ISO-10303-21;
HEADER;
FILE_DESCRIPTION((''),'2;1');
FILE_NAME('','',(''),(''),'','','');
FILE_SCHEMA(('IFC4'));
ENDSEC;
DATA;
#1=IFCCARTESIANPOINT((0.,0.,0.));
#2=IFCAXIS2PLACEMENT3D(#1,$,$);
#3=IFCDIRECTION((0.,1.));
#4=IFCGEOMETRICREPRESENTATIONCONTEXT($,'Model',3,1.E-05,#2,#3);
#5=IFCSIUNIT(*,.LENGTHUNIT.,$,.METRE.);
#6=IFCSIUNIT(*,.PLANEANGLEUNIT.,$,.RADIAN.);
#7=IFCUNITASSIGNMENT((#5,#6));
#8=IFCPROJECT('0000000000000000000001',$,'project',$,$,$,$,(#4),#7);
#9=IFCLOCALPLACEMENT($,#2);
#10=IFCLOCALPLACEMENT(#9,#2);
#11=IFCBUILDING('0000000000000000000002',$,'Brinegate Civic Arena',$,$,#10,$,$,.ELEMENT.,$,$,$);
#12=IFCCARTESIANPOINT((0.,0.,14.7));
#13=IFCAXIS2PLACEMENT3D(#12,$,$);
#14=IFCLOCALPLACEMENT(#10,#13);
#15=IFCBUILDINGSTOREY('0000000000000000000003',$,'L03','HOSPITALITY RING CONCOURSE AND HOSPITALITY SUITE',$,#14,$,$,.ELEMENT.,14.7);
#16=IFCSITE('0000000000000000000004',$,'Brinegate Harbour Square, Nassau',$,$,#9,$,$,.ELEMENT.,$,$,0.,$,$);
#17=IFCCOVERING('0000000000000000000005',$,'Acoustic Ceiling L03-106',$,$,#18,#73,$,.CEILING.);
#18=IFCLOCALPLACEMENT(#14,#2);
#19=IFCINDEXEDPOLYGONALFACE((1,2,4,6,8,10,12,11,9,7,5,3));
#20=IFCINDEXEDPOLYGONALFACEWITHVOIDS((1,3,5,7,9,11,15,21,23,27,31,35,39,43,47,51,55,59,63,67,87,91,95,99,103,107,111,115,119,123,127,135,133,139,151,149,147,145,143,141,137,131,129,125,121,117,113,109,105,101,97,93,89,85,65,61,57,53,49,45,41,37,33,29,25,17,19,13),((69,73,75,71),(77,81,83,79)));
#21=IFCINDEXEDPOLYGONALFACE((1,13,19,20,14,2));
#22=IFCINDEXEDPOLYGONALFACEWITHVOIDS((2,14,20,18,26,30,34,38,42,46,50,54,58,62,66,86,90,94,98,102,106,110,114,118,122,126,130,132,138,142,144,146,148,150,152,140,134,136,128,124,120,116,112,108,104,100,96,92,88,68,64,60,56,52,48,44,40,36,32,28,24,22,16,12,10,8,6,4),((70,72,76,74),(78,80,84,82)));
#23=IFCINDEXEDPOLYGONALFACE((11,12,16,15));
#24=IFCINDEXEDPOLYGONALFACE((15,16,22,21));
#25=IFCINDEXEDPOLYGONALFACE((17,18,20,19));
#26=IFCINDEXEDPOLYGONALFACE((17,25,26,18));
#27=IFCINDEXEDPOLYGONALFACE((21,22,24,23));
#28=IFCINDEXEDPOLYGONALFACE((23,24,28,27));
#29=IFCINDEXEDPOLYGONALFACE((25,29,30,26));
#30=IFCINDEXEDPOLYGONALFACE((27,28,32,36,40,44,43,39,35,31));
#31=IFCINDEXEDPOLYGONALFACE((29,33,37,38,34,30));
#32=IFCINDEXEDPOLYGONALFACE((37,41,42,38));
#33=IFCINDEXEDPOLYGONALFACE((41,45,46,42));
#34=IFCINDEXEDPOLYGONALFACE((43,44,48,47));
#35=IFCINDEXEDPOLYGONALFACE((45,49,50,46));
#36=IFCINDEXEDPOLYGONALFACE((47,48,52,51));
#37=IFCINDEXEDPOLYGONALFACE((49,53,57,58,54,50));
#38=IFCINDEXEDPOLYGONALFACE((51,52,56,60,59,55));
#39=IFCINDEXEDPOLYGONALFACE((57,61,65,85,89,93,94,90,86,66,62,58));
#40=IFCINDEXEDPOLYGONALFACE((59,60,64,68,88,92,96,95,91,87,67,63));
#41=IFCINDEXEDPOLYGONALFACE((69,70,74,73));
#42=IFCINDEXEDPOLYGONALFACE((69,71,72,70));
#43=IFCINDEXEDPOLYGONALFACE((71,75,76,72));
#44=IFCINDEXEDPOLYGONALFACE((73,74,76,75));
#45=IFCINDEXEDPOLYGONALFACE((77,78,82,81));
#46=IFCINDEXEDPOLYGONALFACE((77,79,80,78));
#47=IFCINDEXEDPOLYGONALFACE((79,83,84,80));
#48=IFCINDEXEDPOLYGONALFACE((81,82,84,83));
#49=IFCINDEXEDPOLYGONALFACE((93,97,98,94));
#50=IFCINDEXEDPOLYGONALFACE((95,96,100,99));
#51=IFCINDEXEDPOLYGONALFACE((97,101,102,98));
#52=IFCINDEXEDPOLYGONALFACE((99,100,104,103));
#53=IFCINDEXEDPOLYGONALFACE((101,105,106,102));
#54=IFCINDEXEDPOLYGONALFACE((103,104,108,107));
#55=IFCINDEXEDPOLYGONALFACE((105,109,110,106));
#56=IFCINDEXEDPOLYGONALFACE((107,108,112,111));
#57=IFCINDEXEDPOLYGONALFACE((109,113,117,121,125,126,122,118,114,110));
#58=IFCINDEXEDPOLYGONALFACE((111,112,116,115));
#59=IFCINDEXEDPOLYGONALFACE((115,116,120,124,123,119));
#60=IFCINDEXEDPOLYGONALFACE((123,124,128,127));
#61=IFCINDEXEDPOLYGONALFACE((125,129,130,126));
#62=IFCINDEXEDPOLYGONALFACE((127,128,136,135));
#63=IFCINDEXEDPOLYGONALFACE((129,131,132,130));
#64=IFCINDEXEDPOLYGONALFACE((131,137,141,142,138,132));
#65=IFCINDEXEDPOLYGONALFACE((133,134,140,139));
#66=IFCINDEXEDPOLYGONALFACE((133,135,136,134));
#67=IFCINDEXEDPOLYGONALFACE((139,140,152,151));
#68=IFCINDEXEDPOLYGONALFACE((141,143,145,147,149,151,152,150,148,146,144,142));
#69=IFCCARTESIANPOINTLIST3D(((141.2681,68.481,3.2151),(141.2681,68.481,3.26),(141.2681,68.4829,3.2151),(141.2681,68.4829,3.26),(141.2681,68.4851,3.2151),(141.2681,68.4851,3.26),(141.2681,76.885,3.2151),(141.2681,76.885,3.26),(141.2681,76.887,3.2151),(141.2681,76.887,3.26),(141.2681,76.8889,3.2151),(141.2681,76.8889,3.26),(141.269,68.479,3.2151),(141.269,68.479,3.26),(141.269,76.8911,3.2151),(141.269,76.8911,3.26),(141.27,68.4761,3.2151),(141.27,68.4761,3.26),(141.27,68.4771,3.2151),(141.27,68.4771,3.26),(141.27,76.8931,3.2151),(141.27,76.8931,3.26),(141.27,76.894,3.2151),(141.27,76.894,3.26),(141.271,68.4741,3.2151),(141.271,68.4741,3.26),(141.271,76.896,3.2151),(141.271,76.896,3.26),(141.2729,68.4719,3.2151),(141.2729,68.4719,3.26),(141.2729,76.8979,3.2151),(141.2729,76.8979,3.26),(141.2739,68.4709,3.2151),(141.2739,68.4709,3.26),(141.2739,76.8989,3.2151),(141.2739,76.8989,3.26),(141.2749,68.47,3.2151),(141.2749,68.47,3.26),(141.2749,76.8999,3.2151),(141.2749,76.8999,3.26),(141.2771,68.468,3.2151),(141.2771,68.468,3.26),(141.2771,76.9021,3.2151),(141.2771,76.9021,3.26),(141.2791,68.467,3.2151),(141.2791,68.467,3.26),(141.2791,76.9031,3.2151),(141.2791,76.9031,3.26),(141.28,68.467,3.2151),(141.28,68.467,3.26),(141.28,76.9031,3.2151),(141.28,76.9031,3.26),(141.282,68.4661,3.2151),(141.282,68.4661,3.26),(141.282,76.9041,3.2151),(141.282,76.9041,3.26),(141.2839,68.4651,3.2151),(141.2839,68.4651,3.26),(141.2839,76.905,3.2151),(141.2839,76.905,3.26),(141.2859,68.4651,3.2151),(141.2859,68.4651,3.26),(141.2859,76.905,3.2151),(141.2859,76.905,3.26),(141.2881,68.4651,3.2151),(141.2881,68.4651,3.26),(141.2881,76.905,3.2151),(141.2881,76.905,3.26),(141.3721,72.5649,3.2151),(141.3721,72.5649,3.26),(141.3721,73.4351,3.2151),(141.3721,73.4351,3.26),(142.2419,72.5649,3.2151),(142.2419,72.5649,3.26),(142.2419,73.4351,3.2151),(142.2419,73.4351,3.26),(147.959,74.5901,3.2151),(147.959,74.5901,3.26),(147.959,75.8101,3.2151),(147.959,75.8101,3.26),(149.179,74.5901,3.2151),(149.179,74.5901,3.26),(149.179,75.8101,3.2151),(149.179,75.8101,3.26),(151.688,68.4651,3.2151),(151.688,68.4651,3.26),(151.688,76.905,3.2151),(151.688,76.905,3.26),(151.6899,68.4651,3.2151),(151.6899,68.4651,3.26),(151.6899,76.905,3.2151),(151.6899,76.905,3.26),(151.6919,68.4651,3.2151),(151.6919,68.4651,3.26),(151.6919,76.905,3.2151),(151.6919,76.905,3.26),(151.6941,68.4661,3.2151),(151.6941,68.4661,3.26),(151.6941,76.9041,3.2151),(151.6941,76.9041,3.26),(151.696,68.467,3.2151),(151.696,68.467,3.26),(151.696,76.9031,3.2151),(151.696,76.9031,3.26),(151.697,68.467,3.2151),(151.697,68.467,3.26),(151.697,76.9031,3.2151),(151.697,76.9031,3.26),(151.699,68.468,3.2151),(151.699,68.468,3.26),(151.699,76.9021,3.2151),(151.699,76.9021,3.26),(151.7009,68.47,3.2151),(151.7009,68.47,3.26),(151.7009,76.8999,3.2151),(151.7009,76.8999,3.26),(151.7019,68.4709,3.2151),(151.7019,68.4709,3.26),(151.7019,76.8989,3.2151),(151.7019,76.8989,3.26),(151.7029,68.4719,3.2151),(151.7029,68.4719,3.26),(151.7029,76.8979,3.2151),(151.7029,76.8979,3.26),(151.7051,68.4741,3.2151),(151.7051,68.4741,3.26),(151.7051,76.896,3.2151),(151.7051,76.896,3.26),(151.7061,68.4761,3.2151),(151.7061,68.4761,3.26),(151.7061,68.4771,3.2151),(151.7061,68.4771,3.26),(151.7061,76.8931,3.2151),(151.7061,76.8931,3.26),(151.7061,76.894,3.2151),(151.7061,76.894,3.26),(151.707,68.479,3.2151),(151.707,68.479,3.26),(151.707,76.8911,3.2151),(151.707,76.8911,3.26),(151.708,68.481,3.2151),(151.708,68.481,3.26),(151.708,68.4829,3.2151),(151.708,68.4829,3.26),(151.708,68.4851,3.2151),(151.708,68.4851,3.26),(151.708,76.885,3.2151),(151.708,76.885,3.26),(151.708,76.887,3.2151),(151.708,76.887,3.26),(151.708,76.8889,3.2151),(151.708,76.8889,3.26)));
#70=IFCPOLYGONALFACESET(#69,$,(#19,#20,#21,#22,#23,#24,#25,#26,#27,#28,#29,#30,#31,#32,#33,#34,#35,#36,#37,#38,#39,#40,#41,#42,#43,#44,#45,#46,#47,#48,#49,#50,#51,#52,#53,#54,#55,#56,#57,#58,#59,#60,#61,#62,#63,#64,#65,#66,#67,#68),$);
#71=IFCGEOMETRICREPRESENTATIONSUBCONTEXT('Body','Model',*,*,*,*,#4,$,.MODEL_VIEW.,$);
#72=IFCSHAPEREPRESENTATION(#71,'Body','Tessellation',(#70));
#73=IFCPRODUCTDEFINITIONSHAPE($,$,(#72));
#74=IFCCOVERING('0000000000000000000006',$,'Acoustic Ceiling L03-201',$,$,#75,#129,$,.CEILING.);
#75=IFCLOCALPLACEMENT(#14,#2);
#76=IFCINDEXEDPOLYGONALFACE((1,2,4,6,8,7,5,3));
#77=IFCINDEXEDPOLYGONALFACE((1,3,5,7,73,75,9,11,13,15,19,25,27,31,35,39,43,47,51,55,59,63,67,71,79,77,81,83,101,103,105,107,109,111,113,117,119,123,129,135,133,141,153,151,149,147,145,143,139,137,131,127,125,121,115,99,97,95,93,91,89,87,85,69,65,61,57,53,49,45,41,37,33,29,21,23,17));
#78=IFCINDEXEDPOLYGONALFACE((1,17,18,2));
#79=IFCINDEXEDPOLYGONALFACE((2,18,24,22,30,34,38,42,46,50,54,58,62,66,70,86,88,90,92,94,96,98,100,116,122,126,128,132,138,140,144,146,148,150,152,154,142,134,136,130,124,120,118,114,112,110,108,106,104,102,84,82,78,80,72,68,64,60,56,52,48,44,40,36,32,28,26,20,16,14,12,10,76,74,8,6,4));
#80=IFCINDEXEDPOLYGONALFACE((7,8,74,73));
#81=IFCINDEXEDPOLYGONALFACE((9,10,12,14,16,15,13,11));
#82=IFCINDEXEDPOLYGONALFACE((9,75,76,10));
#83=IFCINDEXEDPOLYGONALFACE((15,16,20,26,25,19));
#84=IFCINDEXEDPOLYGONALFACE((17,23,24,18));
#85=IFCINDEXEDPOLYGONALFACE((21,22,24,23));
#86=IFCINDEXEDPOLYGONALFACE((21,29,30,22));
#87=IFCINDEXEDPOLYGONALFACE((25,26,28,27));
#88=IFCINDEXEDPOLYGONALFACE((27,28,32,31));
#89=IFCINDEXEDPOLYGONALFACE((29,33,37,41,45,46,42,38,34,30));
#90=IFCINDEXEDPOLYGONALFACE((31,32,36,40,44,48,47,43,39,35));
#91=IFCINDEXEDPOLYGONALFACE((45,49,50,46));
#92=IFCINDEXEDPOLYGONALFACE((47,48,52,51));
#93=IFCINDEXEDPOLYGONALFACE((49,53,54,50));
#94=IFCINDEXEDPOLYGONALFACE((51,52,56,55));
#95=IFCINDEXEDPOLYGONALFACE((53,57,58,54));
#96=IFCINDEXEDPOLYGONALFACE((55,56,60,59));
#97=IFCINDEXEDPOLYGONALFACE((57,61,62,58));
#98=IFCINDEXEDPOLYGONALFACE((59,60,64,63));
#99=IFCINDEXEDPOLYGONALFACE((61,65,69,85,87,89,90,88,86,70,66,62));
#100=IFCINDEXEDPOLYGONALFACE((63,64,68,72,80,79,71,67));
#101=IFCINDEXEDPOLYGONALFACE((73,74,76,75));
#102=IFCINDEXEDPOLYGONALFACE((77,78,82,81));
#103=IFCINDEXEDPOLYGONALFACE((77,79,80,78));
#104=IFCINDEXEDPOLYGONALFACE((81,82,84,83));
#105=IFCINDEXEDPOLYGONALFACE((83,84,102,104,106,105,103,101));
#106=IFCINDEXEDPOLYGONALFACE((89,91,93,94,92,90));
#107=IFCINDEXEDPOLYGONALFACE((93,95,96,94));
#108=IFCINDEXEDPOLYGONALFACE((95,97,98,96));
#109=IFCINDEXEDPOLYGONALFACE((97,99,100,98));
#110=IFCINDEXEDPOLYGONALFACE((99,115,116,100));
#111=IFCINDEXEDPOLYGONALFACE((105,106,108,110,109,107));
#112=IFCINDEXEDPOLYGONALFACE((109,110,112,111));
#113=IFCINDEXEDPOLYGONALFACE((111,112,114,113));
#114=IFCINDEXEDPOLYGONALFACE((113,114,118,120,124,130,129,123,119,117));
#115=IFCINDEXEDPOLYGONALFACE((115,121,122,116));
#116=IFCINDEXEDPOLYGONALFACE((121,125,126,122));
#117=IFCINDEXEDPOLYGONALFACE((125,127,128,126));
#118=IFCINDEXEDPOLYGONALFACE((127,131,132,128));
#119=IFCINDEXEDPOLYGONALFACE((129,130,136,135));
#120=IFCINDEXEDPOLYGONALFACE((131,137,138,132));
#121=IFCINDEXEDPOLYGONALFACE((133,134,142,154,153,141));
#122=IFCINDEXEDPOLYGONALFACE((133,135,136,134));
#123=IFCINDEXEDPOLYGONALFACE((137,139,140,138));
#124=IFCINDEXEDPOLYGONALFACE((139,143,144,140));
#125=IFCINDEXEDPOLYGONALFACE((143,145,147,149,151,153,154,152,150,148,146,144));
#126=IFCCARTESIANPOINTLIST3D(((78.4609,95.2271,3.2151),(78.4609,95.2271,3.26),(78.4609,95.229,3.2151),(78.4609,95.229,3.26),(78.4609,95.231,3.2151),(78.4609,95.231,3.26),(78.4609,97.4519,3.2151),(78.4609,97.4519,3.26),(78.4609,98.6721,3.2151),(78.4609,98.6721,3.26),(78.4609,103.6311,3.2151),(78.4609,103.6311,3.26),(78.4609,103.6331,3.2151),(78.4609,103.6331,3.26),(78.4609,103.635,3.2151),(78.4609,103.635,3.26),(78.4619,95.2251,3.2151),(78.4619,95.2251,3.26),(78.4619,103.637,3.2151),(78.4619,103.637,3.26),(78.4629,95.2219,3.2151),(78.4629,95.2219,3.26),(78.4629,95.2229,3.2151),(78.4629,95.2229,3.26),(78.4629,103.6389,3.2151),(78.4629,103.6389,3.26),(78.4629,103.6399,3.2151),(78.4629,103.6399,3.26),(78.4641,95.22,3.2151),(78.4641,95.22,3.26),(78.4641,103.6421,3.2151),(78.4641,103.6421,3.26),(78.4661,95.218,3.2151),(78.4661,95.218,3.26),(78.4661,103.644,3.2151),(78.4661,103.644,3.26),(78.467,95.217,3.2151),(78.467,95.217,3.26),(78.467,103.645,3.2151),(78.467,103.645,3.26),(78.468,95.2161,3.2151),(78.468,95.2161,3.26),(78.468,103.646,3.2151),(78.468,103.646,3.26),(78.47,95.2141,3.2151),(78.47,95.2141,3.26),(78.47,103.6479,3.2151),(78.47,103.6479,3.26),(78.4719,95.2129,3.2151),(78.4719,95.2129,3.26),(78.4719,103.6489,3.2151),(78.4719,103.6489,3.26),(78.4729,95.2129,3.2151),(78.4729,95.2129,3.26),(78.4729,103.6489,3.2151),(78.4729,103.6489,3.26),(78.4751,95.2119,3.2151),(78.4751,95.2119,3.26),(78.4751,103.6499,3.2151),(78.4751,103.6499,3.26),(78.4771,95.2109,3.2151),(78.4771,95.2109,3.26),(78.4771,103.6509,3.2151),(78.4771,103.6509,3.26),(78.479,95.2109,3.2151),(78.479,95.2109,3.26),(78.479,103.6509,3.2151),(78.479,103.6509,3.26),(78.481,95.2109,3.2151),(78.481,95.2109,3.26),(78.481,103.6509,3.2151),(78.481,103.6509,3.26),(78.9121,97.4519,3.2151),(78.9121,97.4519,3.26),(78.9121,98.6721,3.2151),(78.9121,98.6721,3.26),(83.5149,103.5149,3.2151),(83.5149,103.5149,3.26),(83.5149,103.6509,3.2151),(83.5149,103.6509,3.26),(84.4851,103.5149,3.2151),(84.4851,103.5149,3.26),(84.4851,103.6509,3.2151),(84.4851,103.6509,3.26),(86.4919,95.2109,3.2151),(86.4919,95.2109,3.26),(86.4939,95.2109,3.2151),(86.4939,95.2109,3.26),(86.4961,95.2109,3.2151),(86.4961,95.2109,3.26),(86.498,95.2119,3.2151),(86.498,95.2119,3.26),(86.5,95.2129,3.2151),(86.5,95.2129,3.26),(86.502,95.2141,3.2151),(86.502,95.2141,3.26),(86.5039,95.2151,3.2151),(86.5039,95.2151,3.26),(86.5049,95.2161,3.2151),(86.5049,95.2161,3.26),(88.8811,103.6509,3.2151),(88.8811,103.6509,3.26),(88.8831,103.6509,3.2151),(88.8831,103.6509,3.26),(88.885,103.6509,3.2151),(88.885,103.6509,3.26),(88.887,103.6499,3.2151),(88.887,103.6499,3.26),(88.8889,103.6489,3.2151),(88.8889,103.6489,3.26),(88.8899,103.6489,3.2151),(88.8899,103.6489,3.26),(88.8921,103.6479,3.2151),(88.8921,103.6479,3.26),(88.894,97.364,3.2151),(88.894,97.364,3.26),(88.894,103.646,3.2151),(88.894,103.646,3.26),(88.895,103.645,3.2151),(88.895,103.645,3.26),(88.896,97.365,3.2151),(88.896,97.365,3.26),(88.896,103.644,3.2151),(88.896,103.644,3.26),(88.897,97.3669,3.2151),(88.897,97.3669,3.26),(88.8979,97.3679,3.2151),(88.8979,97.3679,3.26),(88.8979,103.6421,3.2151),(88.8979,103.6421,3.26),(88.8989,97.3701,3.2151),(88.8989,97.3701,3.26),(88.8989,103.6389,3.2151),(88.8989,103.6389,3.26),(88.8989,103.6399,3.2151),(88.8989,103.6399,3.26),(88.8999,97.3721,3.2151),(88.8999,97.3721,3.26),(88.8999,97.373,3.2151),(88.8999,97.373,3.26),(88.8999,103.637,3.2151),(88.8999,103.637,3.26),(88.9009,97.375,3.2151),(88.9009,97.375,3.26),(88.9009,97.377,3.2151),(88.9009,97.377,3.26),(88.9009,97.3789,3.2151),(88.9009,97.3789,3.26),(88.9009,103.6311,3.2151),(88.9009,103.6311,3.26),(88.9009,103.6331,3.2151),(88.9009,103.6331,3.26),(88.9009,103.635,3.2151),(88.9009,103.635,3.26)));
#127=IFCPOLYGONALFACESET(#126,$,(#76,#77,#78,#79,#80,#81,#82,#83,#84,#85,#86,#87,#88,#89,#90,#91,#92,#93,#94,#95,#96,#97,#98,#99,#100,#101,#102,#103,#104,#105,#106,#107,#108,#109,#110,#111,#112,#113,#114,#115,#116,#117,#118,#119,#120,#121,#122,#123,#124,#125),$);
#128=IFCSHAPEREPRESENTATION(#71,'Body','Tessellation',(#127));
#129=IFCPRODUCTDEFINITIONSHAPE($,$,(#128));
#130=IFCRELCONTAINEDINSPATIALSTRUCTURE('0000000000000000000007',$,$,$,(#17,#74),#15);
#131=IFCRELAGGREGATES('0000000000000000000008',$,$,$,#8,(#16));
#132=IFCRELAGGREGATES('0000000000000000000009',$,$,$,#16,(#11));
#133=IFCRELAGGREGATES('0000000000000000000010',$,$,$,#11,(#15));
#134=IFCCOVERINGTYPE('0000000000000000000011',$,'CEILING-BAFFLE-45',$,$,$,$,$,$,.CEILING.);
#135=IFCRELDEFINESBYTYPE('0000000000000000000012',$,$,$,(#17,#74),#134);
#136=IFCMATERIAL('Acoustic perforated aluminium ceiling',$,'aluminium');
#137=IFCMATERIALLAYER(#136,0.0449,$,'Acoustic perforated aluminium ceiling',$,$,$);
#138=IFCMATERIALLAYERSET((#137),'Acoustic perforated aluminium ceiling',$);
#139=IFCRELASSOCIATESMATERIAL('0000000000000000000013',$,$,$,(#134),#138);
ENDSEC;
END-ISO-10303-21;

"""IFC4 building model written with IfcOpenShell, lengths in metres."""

from ifc_helpers import new_model, si_unit, direction, frame, origin, place, context, subcontext, project, spatial, polyline, outline, extrude, material, layer, layer_set, type_object, element, save


model = new_model("IFC4")

# Units and contexts
model_context = context("Model", 3, precision=1e-05, world=origin(), true_north=direction((0.0, 1.0)))
body_context = subcontext(model_context, "Body", "Model", "MODEL_VIEW")
ifc_project = project(units=[si_unit("LENGTHUNIT", "METRE"), si_unit("PLANEANGLEUNIT", "RADIAN")], contexts=[model_context])

# Site, building, storey
site_placement = place(None, origin())
site = spatial("IfcSite", under=ifc_project, at=site_placement, Name="Brinegate Harbour Square, Nassau", CompositionType="ELEMENT", RefElevation=0.0)
building_placement = place(site_placement, origin())
building = spatial("IfcBuilding", under=site, at=building_placement, Name="Brinegate Civic Arena", CompositionType="ELEMENT")
storey_placement = place(building_placement, frame((0.0, 0.0, 14.7)))
storey = spatial("IfcBuildingStorey", under=building, at=storey_placement, Name="L03", Description="HOSPITALITY RING CONCOURSE AND HOSPITALITY SUITE", CompositionType="ELEMENT", Elevation=14.7)

# Coverings
ifc_material_1 = material(Name="Acoustic perforated aluminium ceiling", Category="aluminium")
ifc_layer_1 = layer(ifc_material_1, 0.0449, Name="Acoustic perforated aluminium ceiling")
ifc_layer_set_1 = layer_set([ifc_layer_1], Name="Acoustic perforated aluminium ceiling")
covering_type_1 = type_object("IfcCoveringType", Name="CEILING-BAFFLE-45", PredefinedType="CEILING", material=ifc_layer_set_1)
covering_1_placement = place(storey_placement, frame((0.0, 0.0, 3.2151)))
element("IfcCovering", 1, at=covering_1_placement, inside=storey, type_object=covering_type_1, Name="Acoustic Ceiling L03-106", PredefinedType="CEILING", context=body_context, shape_type="SweptSolid", body=[
    extrude(outline(polyline([(151.6919, 76.905), (151.6941, 76.9041), (151.696, 76.9031), (151.697, 76.9031), (151.699, 76.9021), (151.7009, 76.8999), (151.7019, 76.8989), (151.7029, 76.8979), (151.7051, 76.896), (151.7061, 76.894), (151.7061, 76.8931), (151.707, 76.8911), (151.708, 76.8889), (151.708, 76.887), (151.708, 76.885), (151.708, 68.4851), (151.708, 68.4829), (151.708, 68.481), (151.707, 68.479), (151.7061, 68.4771), (151.7061, 68.4761), (151.7051, 68.4741), (151.7029, 68.4719), (151.7019, 68.4709), (151.7009, 68.47), (151.699, 68.468), (151.697, 68.467), (151.696, 68.467), (151.6941, 68.4661), (151.6919, 68.4651), (151.6899, 68.4651), (151.688, 68.4651), (141.2881, 68.4651), (141.2859, 68.4651), (141.2839, 68.4651), (141.282, 68.4661), (141.28, 68.467), (141.2791, 68.467), (141.2771, 68.468), (141.2749, 68.47), (141.2739, 68.4709), (141.2729, 68.4719), (141.271, 68.4741), (141.27, 68.4761), (141.27, 68.4771), (141.269, 68.479), (141.2681, 68.481), (141.2681, 68.4829), (141.2681, 68.4851), (141.2681, 76.885), (141.2681, 76.887), (141.2681, 76.8889), (141.269, 76.8911), (141.27, 76.8931), (141.27, 76.894), (141.271, 76.896), (141.2729, 76.8979), (141.2739, 76.8989), (141.2749, 76.8999), (141.2771, 76.9021), (141.2791, 76.9031), (141.28, 76.9031), (141.282, 76.9041), (141.2839, 76.905), (141.2859, 76.905), (141.2881, 76.905), (151.688, 76.905), (151.6899, 76.905), (151.6919, 76.905)]), holes=[polyline([(141.3721, 73.4351), (141.3721, 72.5649), (142.2419, 72.5649), (142.2419, 73.4351), (141.3721, 73.4351)]), polyline([(147.959, 75.8101), (147.959, 74.5901), (149.179, 74.5901), (149.179, 75.8101), (147.959, 75.8101)])]), origin(), (0.0, 0.0, 1.0), 0.0449),
])
covering_2_placement = place(storey_placement, frame((0.0, 0.0, 3.2151)))
element("IfcCovering", 2, at=covering_2_placement, inside=storey, type_object=covering_type_1, Name="Acoustic Ceiling L03-201", PredefinedType="CEILING", context=body_context, shape_type="SweptSolid", body=[
    extrude(outline(polyline([(78.4609, 103.635), (78.4619, 103.637), (78.4629, 103.6389), (78.4629, 103.6399), (78.4641, 103.6421), (78.4661, 103.644), (78.467, 103.645), (78.468, 103.646), (78.47, 103.6479), (78.4719, 103.6489), (78.4729, 103.6489), (78.4751, 103.6499), (78.4771, 103.6509), (78.479, 103.6509), (78.481, 103.6509), (83.5149, 103.6509), (83.5149, 103.5149), (84.4851, 103.5149), (84.4851, 103.6509), (88.8811, 103.6509), (88.8831, 103.6509), (88.885, 103.6509), (88.887, 103.6499), (88.8889, 103.6489), (88.8899, 103.6489), (88.8921, 103.6479), (88.894, 103.646), (88.895, 103.645), (88.896, 103.644), (88.8979, 103.6421), (88.8989, 103.6399), (88.8989, 103.6389), (88.8999, 103.637), (88.9009, 103.635), (88.9009, 103.6331), (88.9009, 103.6311), (88.9009, 97.3789), (88.9009, 97.377), (88.9009, 97.375), (88.8999, 97.373), (88.8999, 97.3721), (88.8989, 97.3701), (88.8979, 97.3679), (88.897, 97.3669), (88.896, 97.365), (88.894, 97.364), (86.5049, 95.2161), (86.5039, 95.2151), (86.502, 95.2141), (86.5, 95.2129), (86.498, 95.2119), (86.4961, 95.2109), (86.4939, 95.2109), (86.4919, 95.2109), (78.481, 95.2109), (78.479, 95.2109), (78.4771, 95.2109), (78.4751, 95.2119), (78.4729, 95.2129), (78.4719, 95.2129), (78.47, 95.2141), (78.468, 95.2161), (78.467, 95.217), (78.4661, 95.218), (78.4641, 95.22), (78.4629, 95.2219), (78.4629, 95.2229), (78.4619, 95.2251), (78.4609, 95.2271), (78.4609, 95.229), (78.4609, 95.231), (78.4609, 97.4519), (78.9121, 97.4519), (78.9121, 98.6721), (78.4609, 98.6721), (78.4609, 103.6311), (78.4609, 103.6331), (78.4609, 103.635)])), origin(), (0.0, 0.0, 1.0), 0.0449),
])

save(model, "model.ifc")
